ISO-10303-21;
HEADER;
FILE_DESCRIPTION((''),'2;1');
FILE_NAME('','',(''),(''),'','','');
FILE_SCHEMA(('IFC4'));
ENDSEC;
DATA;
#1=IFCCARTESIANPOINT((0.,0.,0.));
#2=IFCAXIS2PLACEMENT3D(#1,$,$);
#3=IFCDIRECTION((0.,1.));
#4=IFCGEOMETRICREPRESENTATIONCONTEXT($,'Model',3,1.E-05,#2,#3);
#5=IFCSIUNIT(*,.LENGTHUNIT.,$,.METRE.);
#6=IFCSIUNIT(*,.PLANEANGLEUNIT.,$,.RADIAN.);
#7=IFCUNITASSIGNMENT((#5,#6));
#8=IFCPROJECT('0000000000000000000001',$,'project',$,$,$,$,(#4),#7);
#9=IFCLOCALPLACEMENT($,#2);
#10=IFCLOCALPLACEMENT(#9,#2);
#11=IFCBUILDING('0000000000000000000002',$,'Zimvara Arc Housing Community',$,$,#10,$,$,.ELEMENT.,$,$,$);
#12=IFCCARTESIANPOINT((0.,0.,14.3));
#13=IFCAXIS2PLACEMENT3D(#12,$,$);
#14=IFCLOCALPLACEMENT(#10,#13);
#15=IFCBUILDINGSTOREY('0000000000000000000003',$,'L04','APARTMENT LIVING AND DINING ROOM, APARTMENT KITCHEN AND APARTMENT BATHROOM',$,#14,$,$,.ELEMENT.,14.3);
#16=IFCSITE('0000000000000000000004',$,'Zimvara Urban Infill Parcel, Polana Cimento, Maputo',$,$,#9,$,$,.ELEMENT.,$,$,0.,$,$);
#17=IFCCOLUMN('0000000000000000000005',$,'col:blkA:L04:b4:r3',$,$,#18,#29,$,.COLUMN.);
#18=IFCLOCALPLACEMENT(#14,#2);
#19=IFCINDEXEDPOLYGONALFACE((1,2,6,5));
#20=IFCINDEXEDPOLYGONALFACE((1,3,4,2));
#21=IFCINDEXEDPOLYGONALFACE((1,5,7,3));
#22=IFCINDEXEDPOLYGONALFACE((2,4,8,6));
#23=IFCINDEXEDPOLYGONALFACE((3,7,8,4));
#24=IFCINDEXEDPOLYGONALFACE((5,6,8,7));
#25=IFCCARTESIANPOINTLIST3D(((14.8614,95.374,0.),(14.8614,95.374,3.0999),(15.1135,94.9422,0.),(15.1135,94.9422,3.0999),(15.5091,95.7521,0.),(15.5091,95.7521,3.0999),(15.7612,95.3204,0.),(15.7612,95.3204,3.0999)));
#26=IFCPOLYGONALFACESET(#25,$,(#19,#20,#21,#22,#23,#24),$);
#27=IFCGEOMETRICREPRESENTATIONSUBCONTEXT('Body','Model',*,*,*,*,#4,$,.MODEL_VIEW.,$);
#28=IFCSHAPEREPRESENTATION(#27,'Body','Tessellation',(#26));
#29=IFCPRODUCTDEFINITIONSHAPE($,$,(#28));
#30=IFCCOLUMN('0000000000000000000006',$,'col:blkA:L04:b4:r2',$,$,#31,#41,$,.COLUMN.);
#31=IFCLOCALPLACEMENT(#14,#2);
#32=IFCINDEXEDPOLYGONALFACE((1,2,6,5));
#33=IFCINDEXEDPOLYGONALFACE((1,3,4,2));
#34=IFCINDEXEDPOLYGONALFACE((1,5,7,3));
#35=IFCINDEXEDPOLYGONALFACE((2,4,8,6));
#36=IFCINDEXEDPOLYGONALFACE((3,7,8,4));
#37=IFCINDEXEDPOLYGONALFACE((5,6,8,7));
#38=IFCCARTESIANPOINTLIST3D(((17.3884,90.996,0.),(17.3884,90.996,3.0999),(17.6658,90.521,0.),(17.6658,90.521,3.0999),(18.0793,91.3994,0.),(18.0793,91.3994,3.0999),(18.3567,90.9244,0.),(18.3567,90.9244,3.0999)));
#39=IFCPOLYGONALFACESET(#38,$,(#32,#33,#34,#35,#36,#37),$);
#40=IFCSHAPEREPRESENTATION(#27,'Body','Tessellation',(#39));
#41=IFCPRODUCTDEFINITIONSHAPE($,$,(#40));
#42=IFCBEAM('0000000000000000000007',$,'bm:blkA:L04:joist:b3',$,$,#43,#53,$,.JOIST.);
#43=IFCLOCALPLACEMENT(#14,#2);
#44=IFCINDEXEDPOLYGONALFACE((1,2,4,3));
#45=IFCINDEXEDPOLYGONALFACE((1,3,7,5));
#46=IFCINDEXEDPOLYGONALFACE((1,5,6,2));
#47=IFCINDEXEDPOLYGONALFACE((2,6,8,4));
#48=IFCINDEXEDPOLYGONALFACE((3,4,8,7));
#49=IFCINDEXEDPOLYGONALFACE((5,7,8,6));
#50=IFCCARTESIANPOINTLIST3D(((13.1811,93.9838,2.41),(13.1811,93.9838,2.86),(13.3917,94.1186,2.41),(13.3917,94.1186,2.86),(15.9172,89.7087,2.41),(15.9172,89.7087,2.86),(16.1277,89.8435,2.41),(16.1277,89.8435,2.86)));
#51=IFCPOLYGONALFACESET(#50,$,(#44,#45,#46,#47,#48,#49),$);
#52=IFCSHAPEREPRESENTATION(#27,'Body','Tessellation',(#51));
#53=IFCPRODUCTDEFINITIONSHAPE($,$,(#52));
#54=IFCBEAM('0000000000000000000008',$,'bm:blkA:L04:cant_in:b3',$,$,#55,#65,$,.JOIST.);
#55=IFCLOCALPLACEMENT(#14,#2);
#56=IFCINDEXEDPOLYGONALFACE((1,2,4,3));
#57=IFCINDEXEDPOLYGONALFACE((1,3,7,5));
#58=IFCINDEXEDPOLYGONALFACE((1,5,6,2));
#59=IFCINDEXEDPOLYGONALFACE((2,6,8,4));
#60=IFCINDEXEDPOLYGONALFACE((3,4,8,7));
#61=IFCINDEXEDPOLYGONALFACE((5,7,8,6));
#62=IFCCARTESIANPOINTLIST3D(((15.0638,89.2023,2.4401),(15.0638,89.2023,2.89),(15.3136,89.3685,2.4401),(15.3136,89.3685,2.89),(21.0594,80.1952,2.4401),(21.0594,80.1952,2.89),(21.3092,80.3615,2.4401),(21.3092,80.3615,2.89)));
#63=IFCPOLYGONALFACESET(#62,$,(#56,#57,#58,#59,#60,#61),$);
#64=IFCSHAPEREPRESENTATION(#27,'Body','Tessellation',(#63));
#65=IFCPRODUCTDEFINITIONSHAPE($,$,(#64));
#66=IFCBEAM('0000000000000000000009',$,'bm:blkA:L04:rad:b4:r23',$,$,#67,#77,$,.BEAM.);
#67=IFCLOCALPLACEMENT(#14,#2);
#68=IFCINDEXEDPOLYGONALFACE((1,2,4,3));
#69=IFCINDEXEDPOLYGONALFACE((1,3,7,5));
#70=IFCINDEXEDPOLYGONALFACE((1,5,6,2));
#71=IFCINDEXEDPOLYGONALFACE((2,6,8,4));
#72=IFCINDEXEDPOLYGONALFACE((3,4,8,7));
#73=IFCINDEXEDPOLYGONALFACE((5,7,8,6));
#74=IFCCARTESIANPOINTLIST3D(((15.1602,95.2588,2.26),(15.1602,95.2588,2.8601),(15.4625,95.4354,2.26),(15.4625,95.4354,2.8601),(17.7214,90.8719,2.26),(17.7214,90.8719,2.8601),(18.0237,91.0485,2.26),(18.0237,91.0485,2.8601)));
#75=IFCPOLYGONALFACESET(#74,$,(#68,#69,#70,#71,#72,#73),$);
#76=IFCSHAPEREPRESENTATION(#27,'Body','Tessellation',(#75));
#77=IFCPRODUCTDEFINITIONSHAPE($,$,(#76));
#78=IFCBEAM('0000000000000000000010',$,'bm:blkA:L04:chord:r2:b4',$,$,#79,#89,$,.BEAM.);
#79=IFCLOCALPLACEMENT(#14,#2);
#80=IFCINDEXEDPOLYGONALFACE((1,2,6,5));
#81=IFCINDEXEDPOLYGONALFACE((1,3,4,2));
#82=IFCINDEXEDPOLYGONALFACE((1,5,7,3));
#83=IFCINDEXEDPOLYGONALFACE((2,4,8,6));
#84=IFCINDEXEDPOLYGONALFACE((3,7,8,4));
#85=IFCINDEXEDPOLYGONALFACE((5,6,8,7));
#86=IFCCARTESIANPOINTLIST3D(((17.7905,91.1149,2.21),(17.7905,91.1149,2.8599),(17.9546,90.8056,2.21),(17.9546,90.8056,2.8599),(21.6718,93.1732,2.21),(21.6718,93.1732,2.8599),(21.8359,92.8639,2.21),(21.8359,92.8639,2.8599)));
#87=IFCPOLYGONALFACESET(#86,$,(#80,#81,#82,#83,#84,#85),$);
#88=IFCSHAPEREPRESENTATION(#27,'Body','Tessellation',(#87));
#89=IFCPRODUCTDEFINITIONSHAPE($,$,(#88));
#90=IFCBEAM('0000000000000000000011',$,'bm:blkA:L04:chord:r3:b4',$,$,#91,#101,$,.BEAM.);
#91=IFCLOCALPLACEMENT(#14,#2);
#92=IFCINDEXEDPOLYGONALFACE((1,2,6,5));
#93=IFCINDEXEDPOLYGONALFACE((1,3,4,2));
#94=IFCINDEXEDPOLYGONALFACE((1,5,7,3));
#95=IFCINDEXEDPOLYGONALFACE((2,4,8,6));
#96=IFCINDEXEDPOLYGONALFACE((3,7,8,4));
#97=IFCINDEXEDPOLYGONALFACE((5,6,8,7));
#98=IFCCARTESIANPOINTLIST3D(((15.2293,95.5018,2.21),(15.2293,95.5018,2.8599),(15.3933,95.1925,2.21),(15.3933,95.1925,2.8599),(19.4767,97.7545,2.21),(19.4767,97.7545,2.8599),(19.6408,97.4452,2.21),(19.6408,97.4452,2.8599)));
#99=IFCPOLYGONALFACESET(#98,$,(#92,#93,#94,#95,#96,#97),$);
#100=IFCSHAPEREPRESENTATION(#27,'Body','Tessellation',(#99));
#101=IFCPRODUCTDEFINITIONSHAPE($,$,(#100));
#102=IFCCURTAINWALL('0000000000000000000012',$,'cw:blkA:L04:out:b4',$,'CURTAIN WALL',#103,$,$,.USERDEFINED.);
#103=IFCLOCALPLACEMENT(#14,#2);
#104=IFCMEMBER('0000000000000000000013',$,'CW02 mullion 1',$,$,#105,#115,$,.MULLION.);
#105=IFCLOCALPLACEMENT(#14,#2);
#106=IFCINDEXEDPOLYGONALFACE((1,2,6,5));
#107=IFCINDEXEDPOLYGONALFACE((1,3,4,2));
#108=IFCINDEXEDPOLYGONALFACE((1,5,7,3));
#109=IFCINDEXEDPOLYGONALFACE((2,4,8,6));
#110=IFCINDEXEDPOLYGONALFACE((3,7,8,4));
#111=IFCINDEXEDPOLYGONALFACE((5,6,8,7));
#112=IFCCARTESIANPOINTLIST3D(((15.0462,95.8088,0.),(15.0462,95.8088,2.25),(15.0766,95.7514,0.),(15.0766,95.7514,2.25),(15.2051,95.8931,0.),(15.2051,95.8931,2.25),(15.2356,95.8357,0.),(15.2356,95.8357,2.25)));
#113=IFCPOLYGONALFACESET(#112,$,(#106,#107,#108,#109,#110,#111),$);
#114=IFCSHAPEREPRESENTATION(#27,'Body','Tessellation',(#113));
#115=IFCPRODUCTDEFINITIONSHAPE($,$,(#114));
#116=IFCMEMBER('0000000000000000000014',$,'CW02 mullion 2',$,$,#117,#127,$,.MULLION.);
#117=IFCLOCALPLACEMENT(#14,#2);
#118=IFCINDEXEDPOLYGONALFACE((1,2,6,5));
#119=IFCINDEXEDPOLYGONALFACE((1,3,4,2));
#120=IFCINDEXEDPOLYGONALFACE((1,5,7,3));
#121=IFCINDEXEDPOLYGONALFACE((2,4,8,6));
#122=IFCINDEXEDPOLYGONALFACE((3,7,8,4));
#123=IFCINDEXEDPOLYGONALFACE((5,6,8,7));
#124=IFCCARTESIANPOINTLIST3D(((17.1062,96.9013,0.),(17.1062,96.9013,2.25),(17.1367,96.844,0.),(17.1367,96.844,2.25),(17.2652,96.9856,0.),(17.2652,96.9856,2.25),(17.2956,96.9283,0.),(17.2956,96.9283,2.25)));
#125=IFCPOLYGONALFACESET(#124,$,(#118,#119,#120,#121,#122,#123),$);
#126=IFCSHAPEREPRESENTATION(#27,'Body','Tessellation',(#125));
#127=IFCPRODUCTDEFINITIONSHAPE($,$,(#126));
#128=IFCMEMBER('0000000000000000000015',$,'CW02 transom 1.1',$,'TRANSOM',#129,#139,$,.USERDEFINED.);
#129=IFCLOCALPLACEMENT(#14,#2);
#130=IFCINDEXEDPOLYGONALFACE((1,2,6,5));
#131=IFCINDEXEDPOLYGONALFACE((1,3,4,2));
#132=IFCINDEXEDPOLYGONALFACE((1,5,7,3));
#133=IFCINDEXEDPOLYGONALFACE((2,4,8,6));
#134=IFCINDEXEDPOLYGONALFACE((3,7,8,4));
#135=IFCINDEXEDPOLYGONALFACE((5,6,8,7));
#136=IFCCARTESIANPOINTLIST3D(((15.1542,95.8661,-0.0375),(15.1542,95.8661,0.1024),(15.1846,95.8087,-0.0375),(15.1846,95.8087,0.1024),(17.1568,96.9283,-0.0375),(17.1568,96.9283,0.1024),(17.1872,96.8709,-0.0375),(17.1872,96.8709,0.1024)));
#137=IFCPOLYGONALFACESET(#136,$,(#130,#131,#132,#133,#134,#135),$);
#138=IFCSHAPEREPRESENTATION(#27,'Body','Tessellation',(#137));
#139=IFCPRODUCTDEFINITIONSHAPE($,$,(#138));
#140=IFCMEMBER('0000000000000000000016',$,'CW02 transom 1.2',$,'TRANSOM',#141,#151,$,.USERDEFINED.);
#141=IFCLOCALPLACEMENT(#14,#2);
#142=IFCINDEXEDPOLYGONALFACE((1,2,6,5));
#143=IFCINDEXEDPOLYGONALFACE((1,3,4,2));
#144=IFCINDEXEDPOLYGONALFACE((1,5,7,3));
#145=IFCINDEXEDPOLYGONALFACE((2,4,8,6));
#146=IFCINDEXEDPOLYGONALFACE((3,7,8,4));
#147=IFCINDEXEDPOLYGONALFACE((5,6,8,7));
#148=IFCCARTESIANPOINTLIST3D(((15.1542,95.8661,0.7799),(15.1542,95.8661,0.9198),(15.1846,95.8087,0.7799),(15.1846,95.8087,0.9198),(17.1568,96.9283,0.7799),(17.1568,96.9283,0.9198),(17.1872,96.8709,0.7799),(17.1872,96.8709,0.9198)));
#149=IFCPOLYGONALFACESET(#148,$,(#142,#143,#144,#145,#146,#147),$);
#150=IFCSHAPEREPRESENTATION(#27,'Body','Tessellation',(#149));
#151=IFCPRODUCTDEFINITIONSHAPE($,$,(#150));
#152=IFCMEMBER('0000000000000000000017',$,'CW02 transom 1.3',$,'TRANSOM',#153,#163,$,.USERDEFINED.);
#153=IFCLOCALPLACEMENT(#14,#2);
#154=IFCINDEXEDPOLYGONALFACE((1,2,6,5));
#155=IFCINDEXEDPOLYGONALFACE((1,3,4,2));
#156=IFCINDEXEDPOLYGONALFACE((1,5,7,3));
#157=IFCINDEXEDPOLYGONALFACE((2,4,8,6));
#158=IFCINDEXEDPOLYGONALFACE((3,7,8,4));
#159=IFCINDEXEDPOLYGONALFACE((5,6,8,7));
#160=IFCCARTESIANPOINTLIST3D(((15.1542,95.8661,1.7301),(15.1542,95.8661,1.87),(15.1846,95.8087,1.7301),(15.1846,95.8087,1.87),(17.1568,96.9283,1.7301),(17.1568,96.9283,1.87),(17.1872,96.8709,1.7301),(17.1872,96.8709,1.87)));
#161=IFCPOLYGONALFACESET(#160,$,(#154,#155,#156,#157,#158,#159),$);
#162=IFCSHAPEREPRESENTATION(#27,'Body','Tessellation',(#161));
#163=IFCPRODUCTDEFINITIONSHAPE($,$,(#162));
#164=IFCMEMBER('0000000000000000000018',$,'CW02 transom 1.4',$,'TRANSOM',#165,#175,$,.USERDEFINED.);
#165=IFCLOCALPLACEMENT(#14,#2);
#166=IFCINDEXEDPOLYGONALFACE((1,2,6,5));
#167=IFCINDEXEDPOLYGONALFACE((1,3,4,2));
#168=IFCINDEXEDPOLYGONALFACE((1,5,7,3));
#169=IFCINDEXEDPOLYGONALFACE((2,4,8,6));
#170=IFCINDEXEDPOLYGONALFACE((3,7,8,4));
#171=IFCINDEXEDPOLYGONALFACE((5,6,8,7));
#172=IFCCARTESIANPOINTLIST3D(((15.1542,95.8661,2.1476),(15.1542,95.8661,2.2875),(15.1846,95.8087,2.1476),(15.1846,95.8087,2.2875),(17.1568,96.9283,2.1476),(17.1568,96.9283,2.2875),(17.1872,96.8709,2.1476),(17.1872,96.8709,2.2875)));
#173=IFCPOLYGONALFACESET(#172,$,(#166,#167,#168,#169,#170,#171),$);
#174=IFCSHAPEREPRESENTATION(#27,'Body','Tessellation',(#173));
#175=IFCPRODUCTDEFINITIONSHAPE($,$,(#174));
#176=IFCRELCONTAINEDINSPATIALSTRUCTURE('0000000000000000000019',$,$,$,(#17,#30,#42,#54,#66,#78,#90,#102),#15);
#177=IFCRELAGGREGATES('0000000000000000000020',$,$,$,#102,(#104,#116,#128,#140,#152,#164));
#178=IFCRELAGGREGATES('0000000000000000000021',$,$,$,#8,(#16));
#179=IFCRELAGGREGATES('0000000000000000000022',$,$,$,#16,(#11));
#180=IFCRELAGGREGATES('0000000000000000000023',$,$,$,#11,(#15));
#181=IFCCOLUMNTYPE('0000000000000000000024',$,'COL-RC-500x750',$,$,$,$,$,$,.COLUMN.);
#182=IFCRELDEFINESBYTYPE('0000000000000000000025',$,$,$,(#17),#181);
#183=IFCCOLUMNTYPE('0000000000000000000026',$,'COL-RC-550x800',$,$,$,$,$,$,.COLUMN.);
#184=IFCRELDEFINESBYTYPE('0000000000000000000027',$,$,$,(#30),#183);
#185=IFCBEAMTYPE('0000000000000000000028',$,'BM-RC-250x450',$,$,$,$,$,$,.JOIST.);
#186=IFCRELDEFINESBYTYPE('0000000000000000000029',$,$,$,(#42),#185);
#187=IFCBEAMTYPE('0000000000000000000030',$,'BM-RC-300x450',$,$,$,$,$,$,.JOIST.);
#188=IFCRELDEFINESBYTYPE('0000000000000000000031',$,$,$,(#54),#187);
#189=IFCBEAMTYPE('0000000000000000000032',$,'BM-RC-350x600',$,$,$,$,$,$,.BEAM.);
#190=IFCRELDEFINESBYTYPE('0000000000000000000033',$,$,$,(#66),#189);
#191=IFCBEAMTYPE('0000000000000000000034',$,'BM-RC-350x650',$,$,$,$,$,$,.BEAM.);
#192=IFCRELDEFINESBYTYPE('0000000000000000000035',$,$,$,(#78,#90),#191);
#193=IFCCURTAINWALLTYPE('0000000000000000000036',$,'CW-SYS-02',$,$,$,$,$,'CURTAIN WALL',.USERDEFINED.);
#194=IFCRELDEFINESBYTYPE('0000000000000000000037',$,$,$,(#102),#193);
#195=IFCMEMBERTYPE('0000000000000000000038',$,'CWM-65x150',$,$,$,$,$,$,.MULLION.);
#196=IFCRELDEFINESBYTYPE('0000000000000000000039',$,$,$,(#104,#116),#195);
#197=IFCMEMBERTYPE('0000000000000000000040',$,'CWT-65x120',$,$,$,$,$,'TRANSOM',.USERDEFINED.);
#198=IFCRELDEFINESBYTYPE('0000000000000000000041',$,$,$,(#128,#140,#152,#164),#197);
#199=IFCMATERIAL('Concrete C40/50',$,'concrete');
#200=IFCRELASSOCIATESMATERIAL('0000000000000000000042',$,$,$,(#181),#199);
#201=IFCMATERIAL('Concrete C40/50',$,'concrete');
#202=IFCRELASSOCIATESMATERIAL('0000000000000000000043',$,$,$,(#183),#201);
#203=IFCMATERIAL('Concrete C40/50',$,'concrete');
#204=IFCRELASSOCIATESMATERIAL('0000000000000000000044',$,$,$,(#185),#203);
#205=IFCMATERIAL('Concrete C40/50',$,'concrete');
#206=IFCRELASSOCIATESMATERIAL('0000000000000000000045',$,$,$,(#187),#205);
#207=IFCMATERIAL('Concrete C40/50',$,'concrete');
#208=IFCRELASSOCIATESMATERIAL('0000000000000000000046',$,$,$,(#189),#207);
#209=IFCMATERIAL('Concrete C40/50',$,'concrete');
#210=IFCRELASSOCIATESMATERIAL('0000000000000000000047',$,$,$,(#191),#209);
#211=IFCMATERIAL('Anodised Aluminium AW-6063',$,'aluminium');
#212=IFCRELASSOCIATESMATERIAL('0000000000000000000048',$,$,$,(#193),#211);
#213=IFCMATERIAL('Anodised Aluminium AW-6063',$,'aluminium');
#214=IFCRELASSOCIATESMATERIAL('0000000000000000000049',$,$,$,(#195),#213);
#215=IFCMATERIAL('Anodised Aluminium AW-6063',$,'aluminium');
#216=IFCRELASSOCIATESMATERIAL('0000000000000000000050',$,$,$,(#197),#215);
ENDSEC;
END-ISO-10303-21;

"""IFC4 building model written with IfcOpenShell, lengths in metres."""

from ifc_helpers import new_model, si_unit, direction, frame, origin, origin_2d, place, context, subcontext, project, spatial, rectangle, extrude, material, material_profile, profile_set, type_object, element, aggregate, save


model = new_model("IFC4")

# Units and contexts
model_context = context("Model", 3, precision=1e-05, world=origin(), true_north=direction((0.0, 1.0)))
body_context = subcontext(model_context, "Body", "Model", "MODEL_VIEW")
ifc_project = project(units=[si_unit("LENGTHUNIT", "METRE"), si_unit("PLANEANGLEUNIT", "RADIAN")], contexts=[model_context])

# Site, building, storey
site_placement = place(None, origin())
site = spatial("IfcSite", under=ifc_project, at=site_placement, Name="Zimvara Urban Infill Parcel, Polana Cimento, Maputo", CompositionType="ELEMENT", RefElevation=0.0)
building_placement = place(site_placement, origin())
building = spatial("IfcBuilding", under=site, at=building_placement, Name="Zimvara Arc Housing Community", CompositionType="ELEMENT")
storey_placement = place(building_placement, frame((0.0, 0.0, 14.3)))
storey = spatial("IfcBuildingStorey", under=building, at=storey_placement, Name="L04", Description="APARTMENT LIVING AND DINING ROOM, APARTMENT KITCHEN AND APARTMENT BATHROOM", CompositionType="ELEMENT", Elevation=14.3)

# Columns
ifc_material_1 = material(Name="Concrete C40/50", Category="concrete")
ifc_material_profile_1 = material_profile(ifc_material_1, rectangle(XDim=0.5, YDim=0.75, at=origin_2d()), Name="RC 500x750")
ifc_profile_set_1 = profile_set([ifc_material_profile_1], Name="Concrete C40/50")
column_type_1 = type_object("IfcColumnType", Name="COL-RC-500x750", PredefinedType="COLUMN", material=ifc_profile_set_1)
column_1_placement = place(storey_placement, frame((15.3113, 95.3472, 0.0), z_axis=(0.0, 0.0, 1.0), x_axis=(-0.504226, 0.863572, 0.0)))
element("IfcColumn", 1, at=column_1_placement, inside=storey, type_object=column_type_1, Name="col:blkA:L04:b4:r3", PredefinedType="COLUMN", context=body_context, shape_type="SweptSolid", body=[
    extrude(rectangle(XDim=0.5, YDim=0.75, at=origin_2d()), origin(), (0.0, 0.0, 1.0), 3.0999),
])
ifc_material_2 = material(Name="Concrete C40/50", Category="concrete")
ifc_material_profile_2 = material_profile(ifc_material_2, rectangle(XDim=0.55, YDim=0.8, at=origin_2d()), Name="RC 550x800")
ifc_profile_set_2 = profile_set([ifc_material_profile_2], Name="Concrete C40/50")
column_type_2 = type_object("IfcColumnType", Name="COL-RC-550x800", PredefinedType="COLUMN", material=ifc_profile_set_2)
column_2_placement = place(storey_placement, frame((17.8726, 90.9602, 0.0), z_axis=(0.0, 0.0, 1.0), x_axis=(-0.504226, 0.863572, 0.0)))
element("IfcColumn", 2, at=column_2_placement, inside=storey, type_object=column_type_2, Name="col:blkA:L04:b4:r2", PredefinedType="COLUMN", context=body_context, shape_type="SweptSolid", body=[
    extrude(rectangle(XDim=0.55, YDim=0.8, at=origin_2d()), origin(), (0.0, 0.0, 1.0), 3.0999),
])

# Beams
ifc_material_3 = material(Name="Concrete C40/50", Category="concrete")
ifc_material_profile_3 = material_profile(ifc_material_3, rectangle(XDim=0.25, YDim=0.45, at=origin_2d()), Name="RC 250x450")
ifc_profile_set_3 = profile_set([ifc_material_profile_3], Name="Concrete C40/50")
beam_type_1 = type_object("IfcBeamType", Name="BM-RC-250x450", PredefinedType="JOIST", material=ifc_profile_set_3)
beam_1_placement = place(storey_placement, frame((16.0225, 89.7761, 2.635), z_axis=(-0.539052, 0.842272, 0.0), x_axis=(-0.842272, -0.539052, 0.0)))
element("IfcBeam", 3, at=beam_1_placement, inside=storey, type_object=beam_type_1, Name="bm:blkA:L04:joist:b3", PredefinedType="JOIST", context=body_context, shape_type="SweptSolid", body=[
    extrude(rectangle(XDim=0.25, YDim=0.45, at=origin_2d()), origin(), (0.0, 0.0, 1.0), 5.0757),
])
ifc_material_4 = material(Name="Concrete C40/50", Category="concrete")
ifc_material_profile_4 = material_profile(ifc_material_4, rectangle(XDim=0.3, YDim=0.45, at=origin_2d()), Name="RC 300x450")
ifc_profile_set_4 = profile_set([ifc_material_profile_4], Name="Concrete C40/50")
beam_type_2 = type_object("IfcBeamType", Name="BM-RC-300x450", PredefinedType="JOIST", material=ifc_profile_set_4)
beam_2_placement = place(storey_placement, frame((15.1887, 89.2854, 2.665), z_axis=(0.554117, -0.832439, 0.0), x_axis=(0.832439, 0.554117, 0.0)))
element("IfcBeam", 4, at=beam_2_placement, inside=storey, type_object=beam_type_2, Name="bm:blkA:L04:cant_in:b3", PredefinedType="JOIST", context=body_context, shape_type="SweptSolid", body=[
    extrude(rectangle(XDim=0.3, YDim=0.45, at=origin_2d()), origin(), (0.0, 0.0, 1.0), 10.8201),
])
ifc_material_5 = material(Name="Concrete C40/50", Category="concrete")
ifc_material_profile_5 = material_profile(ifc_material_5, rectangle(XDim=0.3501, YDim=0.6001, at=origin_2d()), Name="RC 350x600")
ifc_profile_set_5 = profile_set([ifc_material_profile_5], Name="Concrete C40/50")
beam_type_3 = type_object("IfcBeamType", Name="BM-RC-350x600", PredefinedType="BEAM", material=ifc_profile_set_5)
beam_3_placement = place(storey_placement, frame((17.8726, 90.9602, 2.5601), z_axis=(-0.504197, 0.863589, 0.0), x_axis=(-0.863589, -0.504197, 0.0)))
element("IfcBeam", 5, at=beam_3_placement, inside=storey, type_object=beam_type_3, Name="bm:blkA:L04:rad:b4:r23", PredefinedType="BEAM", context=body_context, shape_type="SweptSolid", body=[
    extrude(rectangle(XDim=0.3501, YDim=0.6001, at=origin_2d()), origin(), (0.0, 0.0, 1.0), 5.0798),
])
ifc_material_6 = material(Name="Concrete C40/50", Category="concrete")
ifc_material_profile_6 = material_profile(ifc_material_6, rectangle(XDim=0.3501, YDim=0.6499, at=origin_2d()), Name="RC 350x650")
ifc_profile_set_6 = profile_set([ifc_material_profile_6], Name="Concrete C40/50")
beam_type_4 = type_object("IfcBeamType", Name="BM-RC-350x650", PredefinedType="BEAM", material=ifc_profile_set_6)
beam_4_placement = place(storey_placement, frame((17.8726, 90.9602, 2.5349), z_axis=(0.883457, 0.468513, 0.0), x_axis=(-0.468513, 0.883457, 0.0)))
element("IfcBeam", 6, at=beam_4_placement, inside=storey, type_object=beam_type_4, Name="bm:blkA:L04:chord:r2:b4", PredefinedType="BEAM", context=body_context, shape_type="SweptSolid", body=[
    extrude(rectangle(XDim=0.3501, YDim=0.6499, at=origin_2d()), origin(), (0.0, 0.0, 1.0), 4.3933),
])
beam_5_placement = place(storey_placement, frame((15.3113, 95.3472, 2.5349), z_axis=(0.883446, 0.468534, 0.0), x_axis=(-0.468534, 0.883446, 0.0)))
element("IfcBeam", 7, at=beam_5_placement, inside=storey, type_object=beam_type_4, Name="bm:blkA:L04:chord:r3:b4", PredefinedType="BEAM", context=body_context, shape_type="SweptSolid", body=[
    extrude(rectangle(XDim=0.3501, YDim=0.6499, at=origin_2d()), origin(), (0.0, 0.0, 1.0), 4.8079),
])

# Curtain wall, members
ifc_material_7 = material(Name="Anodised Aluminium AW-6063", Category="aluminium")
curtain_wall_type = type_object("IfcCurtainWallType", Name="CW-SYS-02", ElementType="CURTAIN WALL", PredefinedType="USERDEFINED", material=ifc_material_7)
curtain_wall_placement = place(storey_placement, origin())
curtain_wall = element("IfcCurtainWall", 8, at=curtain_wall_placement, inside=storey, type_object=curtain_wall_type, Name="cw:blkA:L04:out:b4", ObjectType="CURTAIN WALL", PredefinedType="USERDEFINED")
ifc_material_8 = material(Name="Anodised Aluminium AW-6063", Category="aluminium")
ifc_material_profile_7 = material_profile(ifc_material_8, rectangle(XDim=0.0649, YDim=0.1799, at=origin_2d()), Name="ALU 65x180")
ifc_profile_set_7 = profile_set([ifc_material_profile_7], Name="Anodised Aluminium AW-6063")
member_type_1 = type_object("IfcMemberType", Name="CWM-65x150", PredefinedType="MULLION", material=ifc_profile_set_7)
member_1_placement = place(storey_placement, frame((15.1409, 95.8223, 0.0), z_axis=(0.0, 0.0, 1.0), x_axis=(-0.468547, 0.883439, 0.0)))
member_1 = element("IfcMember", 9, at=member_1_placement, type_object=member_type_1, Name="CW02 mullion 1", PredefinedType="MULLION", context=body_context, shape_type="SweptSolid", body=[
    extrude(rectangle(XDim=0.0649, YDim=0.1799, at=origin_2d()), origin(), (0.0, 0.0, 1.0), 2.25),
])
member_2_placement = place(storey_placement, frame((17.2009, 96.9148, 0.0), z_axis=(0.0, 0.0, 1.0), x_axis=(-0.468547, 0.883439, 0.0)))
member_2 = element("IfcMember", 10, at=member_2_placement, type_object=member_type_1, Name="CW02 mullion 2", PredefinedType="MULLION", context=body_context, shape_type="SweptSolid", body=[
    extrude(rectangle(XDim=0.0649, YDim=0.1799, at=origin_2d()), origin(), (0.0, 0.0, 1.0), 2.25),
])
ifc_material_9 = material(Name="Anodised Aluminium AW-6063", Category="aluminium")
ifc_material_profile_8 = material_profile(ifc_material_9, rectangle(XDim=0.0649, YDim=0.1399, at=origin_2d()), Name="ALU 65x140")
ifc_profile_set_8 = profile_set([ifc_material_profile_8], Name="Anodised Aluminium AW-6063")
member_type_2 = type_object("IfcMemberType", Name="CWT-65x120", ElementType="TRANSOM", PredefinedType="USERDEFINED", material=ifc_profile_set_8)
member_3_placement = place(storey_placement, frame((15.1694, 95.8374, 0.0325), z_axis=(0.883421, 0.46858, 0.0), x_axis=(-0.46858, 0.883421, 0.0)))
member_3 = element("IfcMember", 11, at=member_3_placement, type_object=member_type_2, Name="CW02 transom 1.1", ObjectType="TRANSOM", PredefinedType="USERDEFINED", context=body_context, shape_type="SweptSolid", body=[
    extrude(rectangle(XDim=0.0649, YDim=0.1399, at=origin_2d()), origin(), (0.0, 0.0, 1.0), 2.2668),
])
member_4_placement = place(storey_placement, frame((15.1694, 95.8374, 0.8499), z_axis=(0.883421, 0.46858, 0.0), x_axis=(-0.46858, 0.883421, 0.0)))
member_4 = element("IfcMember", 12, at=member_4_placement, type_object=member_type_2, Name="CW02 transom 1.2", ObjectType="TRANSOM", PredefinedType="USERDEFINED", context=body_context, shape_type="SweptSolid", body=[
    extrude(rectangle(XDim=0.0649, YDim=0.1399, at=origin_2d()), origin(), (0.0, 0.0, 1.0), 2.2668),
])
member_5_placement = place(storey_placement, frame((15.1694, 95.8374, 1.8), z_axis=(0.883421, 0.46858, 0.0), x_axis=(-0.46858, 0.883421, 0.0)))
member_5 = element("IfcMember", 13, at=member_5_placement, type_object=member_type_2, Name="CW02 transom 1.3", ObjectType="TRANSOM", PredefinedType="USERDEFINED", context=body_context, shape_type="SweptSolid", body=[
    extrude(rectangle(XDim=0.0649, YDim=0.1399, at=origin_2d()), origin(), (0.0, 0.0, 1.0), 2.2668),
])
member_6_placement = place(storey_placement, frame((15.1694, 95.8374, 2.2175), z_axis=(0.883421, 0.46858, 0.0), x_axis=(-0.46858, 0.883421, 0.0)))
member_6 = element("IfcMember", 14, at=member_6_placement, type_object=member_type_2, Name="CW02 transom 1.4", ObjectType="TRANSOM", PredefinedType="USERDEFINED", context=body_context, shape_type="SweptSolid", body=[
    extrude(rectangle(XDim=0.0649, YDim=0.1399, at=origin_2d()), origin(), (0.0, 0.0, 1.0), 2.2668),
])
aggregate(curtain_wall, [member_1, member_2, member_3, member_4, member_5, member_6])

save(model, "model.ifc")
